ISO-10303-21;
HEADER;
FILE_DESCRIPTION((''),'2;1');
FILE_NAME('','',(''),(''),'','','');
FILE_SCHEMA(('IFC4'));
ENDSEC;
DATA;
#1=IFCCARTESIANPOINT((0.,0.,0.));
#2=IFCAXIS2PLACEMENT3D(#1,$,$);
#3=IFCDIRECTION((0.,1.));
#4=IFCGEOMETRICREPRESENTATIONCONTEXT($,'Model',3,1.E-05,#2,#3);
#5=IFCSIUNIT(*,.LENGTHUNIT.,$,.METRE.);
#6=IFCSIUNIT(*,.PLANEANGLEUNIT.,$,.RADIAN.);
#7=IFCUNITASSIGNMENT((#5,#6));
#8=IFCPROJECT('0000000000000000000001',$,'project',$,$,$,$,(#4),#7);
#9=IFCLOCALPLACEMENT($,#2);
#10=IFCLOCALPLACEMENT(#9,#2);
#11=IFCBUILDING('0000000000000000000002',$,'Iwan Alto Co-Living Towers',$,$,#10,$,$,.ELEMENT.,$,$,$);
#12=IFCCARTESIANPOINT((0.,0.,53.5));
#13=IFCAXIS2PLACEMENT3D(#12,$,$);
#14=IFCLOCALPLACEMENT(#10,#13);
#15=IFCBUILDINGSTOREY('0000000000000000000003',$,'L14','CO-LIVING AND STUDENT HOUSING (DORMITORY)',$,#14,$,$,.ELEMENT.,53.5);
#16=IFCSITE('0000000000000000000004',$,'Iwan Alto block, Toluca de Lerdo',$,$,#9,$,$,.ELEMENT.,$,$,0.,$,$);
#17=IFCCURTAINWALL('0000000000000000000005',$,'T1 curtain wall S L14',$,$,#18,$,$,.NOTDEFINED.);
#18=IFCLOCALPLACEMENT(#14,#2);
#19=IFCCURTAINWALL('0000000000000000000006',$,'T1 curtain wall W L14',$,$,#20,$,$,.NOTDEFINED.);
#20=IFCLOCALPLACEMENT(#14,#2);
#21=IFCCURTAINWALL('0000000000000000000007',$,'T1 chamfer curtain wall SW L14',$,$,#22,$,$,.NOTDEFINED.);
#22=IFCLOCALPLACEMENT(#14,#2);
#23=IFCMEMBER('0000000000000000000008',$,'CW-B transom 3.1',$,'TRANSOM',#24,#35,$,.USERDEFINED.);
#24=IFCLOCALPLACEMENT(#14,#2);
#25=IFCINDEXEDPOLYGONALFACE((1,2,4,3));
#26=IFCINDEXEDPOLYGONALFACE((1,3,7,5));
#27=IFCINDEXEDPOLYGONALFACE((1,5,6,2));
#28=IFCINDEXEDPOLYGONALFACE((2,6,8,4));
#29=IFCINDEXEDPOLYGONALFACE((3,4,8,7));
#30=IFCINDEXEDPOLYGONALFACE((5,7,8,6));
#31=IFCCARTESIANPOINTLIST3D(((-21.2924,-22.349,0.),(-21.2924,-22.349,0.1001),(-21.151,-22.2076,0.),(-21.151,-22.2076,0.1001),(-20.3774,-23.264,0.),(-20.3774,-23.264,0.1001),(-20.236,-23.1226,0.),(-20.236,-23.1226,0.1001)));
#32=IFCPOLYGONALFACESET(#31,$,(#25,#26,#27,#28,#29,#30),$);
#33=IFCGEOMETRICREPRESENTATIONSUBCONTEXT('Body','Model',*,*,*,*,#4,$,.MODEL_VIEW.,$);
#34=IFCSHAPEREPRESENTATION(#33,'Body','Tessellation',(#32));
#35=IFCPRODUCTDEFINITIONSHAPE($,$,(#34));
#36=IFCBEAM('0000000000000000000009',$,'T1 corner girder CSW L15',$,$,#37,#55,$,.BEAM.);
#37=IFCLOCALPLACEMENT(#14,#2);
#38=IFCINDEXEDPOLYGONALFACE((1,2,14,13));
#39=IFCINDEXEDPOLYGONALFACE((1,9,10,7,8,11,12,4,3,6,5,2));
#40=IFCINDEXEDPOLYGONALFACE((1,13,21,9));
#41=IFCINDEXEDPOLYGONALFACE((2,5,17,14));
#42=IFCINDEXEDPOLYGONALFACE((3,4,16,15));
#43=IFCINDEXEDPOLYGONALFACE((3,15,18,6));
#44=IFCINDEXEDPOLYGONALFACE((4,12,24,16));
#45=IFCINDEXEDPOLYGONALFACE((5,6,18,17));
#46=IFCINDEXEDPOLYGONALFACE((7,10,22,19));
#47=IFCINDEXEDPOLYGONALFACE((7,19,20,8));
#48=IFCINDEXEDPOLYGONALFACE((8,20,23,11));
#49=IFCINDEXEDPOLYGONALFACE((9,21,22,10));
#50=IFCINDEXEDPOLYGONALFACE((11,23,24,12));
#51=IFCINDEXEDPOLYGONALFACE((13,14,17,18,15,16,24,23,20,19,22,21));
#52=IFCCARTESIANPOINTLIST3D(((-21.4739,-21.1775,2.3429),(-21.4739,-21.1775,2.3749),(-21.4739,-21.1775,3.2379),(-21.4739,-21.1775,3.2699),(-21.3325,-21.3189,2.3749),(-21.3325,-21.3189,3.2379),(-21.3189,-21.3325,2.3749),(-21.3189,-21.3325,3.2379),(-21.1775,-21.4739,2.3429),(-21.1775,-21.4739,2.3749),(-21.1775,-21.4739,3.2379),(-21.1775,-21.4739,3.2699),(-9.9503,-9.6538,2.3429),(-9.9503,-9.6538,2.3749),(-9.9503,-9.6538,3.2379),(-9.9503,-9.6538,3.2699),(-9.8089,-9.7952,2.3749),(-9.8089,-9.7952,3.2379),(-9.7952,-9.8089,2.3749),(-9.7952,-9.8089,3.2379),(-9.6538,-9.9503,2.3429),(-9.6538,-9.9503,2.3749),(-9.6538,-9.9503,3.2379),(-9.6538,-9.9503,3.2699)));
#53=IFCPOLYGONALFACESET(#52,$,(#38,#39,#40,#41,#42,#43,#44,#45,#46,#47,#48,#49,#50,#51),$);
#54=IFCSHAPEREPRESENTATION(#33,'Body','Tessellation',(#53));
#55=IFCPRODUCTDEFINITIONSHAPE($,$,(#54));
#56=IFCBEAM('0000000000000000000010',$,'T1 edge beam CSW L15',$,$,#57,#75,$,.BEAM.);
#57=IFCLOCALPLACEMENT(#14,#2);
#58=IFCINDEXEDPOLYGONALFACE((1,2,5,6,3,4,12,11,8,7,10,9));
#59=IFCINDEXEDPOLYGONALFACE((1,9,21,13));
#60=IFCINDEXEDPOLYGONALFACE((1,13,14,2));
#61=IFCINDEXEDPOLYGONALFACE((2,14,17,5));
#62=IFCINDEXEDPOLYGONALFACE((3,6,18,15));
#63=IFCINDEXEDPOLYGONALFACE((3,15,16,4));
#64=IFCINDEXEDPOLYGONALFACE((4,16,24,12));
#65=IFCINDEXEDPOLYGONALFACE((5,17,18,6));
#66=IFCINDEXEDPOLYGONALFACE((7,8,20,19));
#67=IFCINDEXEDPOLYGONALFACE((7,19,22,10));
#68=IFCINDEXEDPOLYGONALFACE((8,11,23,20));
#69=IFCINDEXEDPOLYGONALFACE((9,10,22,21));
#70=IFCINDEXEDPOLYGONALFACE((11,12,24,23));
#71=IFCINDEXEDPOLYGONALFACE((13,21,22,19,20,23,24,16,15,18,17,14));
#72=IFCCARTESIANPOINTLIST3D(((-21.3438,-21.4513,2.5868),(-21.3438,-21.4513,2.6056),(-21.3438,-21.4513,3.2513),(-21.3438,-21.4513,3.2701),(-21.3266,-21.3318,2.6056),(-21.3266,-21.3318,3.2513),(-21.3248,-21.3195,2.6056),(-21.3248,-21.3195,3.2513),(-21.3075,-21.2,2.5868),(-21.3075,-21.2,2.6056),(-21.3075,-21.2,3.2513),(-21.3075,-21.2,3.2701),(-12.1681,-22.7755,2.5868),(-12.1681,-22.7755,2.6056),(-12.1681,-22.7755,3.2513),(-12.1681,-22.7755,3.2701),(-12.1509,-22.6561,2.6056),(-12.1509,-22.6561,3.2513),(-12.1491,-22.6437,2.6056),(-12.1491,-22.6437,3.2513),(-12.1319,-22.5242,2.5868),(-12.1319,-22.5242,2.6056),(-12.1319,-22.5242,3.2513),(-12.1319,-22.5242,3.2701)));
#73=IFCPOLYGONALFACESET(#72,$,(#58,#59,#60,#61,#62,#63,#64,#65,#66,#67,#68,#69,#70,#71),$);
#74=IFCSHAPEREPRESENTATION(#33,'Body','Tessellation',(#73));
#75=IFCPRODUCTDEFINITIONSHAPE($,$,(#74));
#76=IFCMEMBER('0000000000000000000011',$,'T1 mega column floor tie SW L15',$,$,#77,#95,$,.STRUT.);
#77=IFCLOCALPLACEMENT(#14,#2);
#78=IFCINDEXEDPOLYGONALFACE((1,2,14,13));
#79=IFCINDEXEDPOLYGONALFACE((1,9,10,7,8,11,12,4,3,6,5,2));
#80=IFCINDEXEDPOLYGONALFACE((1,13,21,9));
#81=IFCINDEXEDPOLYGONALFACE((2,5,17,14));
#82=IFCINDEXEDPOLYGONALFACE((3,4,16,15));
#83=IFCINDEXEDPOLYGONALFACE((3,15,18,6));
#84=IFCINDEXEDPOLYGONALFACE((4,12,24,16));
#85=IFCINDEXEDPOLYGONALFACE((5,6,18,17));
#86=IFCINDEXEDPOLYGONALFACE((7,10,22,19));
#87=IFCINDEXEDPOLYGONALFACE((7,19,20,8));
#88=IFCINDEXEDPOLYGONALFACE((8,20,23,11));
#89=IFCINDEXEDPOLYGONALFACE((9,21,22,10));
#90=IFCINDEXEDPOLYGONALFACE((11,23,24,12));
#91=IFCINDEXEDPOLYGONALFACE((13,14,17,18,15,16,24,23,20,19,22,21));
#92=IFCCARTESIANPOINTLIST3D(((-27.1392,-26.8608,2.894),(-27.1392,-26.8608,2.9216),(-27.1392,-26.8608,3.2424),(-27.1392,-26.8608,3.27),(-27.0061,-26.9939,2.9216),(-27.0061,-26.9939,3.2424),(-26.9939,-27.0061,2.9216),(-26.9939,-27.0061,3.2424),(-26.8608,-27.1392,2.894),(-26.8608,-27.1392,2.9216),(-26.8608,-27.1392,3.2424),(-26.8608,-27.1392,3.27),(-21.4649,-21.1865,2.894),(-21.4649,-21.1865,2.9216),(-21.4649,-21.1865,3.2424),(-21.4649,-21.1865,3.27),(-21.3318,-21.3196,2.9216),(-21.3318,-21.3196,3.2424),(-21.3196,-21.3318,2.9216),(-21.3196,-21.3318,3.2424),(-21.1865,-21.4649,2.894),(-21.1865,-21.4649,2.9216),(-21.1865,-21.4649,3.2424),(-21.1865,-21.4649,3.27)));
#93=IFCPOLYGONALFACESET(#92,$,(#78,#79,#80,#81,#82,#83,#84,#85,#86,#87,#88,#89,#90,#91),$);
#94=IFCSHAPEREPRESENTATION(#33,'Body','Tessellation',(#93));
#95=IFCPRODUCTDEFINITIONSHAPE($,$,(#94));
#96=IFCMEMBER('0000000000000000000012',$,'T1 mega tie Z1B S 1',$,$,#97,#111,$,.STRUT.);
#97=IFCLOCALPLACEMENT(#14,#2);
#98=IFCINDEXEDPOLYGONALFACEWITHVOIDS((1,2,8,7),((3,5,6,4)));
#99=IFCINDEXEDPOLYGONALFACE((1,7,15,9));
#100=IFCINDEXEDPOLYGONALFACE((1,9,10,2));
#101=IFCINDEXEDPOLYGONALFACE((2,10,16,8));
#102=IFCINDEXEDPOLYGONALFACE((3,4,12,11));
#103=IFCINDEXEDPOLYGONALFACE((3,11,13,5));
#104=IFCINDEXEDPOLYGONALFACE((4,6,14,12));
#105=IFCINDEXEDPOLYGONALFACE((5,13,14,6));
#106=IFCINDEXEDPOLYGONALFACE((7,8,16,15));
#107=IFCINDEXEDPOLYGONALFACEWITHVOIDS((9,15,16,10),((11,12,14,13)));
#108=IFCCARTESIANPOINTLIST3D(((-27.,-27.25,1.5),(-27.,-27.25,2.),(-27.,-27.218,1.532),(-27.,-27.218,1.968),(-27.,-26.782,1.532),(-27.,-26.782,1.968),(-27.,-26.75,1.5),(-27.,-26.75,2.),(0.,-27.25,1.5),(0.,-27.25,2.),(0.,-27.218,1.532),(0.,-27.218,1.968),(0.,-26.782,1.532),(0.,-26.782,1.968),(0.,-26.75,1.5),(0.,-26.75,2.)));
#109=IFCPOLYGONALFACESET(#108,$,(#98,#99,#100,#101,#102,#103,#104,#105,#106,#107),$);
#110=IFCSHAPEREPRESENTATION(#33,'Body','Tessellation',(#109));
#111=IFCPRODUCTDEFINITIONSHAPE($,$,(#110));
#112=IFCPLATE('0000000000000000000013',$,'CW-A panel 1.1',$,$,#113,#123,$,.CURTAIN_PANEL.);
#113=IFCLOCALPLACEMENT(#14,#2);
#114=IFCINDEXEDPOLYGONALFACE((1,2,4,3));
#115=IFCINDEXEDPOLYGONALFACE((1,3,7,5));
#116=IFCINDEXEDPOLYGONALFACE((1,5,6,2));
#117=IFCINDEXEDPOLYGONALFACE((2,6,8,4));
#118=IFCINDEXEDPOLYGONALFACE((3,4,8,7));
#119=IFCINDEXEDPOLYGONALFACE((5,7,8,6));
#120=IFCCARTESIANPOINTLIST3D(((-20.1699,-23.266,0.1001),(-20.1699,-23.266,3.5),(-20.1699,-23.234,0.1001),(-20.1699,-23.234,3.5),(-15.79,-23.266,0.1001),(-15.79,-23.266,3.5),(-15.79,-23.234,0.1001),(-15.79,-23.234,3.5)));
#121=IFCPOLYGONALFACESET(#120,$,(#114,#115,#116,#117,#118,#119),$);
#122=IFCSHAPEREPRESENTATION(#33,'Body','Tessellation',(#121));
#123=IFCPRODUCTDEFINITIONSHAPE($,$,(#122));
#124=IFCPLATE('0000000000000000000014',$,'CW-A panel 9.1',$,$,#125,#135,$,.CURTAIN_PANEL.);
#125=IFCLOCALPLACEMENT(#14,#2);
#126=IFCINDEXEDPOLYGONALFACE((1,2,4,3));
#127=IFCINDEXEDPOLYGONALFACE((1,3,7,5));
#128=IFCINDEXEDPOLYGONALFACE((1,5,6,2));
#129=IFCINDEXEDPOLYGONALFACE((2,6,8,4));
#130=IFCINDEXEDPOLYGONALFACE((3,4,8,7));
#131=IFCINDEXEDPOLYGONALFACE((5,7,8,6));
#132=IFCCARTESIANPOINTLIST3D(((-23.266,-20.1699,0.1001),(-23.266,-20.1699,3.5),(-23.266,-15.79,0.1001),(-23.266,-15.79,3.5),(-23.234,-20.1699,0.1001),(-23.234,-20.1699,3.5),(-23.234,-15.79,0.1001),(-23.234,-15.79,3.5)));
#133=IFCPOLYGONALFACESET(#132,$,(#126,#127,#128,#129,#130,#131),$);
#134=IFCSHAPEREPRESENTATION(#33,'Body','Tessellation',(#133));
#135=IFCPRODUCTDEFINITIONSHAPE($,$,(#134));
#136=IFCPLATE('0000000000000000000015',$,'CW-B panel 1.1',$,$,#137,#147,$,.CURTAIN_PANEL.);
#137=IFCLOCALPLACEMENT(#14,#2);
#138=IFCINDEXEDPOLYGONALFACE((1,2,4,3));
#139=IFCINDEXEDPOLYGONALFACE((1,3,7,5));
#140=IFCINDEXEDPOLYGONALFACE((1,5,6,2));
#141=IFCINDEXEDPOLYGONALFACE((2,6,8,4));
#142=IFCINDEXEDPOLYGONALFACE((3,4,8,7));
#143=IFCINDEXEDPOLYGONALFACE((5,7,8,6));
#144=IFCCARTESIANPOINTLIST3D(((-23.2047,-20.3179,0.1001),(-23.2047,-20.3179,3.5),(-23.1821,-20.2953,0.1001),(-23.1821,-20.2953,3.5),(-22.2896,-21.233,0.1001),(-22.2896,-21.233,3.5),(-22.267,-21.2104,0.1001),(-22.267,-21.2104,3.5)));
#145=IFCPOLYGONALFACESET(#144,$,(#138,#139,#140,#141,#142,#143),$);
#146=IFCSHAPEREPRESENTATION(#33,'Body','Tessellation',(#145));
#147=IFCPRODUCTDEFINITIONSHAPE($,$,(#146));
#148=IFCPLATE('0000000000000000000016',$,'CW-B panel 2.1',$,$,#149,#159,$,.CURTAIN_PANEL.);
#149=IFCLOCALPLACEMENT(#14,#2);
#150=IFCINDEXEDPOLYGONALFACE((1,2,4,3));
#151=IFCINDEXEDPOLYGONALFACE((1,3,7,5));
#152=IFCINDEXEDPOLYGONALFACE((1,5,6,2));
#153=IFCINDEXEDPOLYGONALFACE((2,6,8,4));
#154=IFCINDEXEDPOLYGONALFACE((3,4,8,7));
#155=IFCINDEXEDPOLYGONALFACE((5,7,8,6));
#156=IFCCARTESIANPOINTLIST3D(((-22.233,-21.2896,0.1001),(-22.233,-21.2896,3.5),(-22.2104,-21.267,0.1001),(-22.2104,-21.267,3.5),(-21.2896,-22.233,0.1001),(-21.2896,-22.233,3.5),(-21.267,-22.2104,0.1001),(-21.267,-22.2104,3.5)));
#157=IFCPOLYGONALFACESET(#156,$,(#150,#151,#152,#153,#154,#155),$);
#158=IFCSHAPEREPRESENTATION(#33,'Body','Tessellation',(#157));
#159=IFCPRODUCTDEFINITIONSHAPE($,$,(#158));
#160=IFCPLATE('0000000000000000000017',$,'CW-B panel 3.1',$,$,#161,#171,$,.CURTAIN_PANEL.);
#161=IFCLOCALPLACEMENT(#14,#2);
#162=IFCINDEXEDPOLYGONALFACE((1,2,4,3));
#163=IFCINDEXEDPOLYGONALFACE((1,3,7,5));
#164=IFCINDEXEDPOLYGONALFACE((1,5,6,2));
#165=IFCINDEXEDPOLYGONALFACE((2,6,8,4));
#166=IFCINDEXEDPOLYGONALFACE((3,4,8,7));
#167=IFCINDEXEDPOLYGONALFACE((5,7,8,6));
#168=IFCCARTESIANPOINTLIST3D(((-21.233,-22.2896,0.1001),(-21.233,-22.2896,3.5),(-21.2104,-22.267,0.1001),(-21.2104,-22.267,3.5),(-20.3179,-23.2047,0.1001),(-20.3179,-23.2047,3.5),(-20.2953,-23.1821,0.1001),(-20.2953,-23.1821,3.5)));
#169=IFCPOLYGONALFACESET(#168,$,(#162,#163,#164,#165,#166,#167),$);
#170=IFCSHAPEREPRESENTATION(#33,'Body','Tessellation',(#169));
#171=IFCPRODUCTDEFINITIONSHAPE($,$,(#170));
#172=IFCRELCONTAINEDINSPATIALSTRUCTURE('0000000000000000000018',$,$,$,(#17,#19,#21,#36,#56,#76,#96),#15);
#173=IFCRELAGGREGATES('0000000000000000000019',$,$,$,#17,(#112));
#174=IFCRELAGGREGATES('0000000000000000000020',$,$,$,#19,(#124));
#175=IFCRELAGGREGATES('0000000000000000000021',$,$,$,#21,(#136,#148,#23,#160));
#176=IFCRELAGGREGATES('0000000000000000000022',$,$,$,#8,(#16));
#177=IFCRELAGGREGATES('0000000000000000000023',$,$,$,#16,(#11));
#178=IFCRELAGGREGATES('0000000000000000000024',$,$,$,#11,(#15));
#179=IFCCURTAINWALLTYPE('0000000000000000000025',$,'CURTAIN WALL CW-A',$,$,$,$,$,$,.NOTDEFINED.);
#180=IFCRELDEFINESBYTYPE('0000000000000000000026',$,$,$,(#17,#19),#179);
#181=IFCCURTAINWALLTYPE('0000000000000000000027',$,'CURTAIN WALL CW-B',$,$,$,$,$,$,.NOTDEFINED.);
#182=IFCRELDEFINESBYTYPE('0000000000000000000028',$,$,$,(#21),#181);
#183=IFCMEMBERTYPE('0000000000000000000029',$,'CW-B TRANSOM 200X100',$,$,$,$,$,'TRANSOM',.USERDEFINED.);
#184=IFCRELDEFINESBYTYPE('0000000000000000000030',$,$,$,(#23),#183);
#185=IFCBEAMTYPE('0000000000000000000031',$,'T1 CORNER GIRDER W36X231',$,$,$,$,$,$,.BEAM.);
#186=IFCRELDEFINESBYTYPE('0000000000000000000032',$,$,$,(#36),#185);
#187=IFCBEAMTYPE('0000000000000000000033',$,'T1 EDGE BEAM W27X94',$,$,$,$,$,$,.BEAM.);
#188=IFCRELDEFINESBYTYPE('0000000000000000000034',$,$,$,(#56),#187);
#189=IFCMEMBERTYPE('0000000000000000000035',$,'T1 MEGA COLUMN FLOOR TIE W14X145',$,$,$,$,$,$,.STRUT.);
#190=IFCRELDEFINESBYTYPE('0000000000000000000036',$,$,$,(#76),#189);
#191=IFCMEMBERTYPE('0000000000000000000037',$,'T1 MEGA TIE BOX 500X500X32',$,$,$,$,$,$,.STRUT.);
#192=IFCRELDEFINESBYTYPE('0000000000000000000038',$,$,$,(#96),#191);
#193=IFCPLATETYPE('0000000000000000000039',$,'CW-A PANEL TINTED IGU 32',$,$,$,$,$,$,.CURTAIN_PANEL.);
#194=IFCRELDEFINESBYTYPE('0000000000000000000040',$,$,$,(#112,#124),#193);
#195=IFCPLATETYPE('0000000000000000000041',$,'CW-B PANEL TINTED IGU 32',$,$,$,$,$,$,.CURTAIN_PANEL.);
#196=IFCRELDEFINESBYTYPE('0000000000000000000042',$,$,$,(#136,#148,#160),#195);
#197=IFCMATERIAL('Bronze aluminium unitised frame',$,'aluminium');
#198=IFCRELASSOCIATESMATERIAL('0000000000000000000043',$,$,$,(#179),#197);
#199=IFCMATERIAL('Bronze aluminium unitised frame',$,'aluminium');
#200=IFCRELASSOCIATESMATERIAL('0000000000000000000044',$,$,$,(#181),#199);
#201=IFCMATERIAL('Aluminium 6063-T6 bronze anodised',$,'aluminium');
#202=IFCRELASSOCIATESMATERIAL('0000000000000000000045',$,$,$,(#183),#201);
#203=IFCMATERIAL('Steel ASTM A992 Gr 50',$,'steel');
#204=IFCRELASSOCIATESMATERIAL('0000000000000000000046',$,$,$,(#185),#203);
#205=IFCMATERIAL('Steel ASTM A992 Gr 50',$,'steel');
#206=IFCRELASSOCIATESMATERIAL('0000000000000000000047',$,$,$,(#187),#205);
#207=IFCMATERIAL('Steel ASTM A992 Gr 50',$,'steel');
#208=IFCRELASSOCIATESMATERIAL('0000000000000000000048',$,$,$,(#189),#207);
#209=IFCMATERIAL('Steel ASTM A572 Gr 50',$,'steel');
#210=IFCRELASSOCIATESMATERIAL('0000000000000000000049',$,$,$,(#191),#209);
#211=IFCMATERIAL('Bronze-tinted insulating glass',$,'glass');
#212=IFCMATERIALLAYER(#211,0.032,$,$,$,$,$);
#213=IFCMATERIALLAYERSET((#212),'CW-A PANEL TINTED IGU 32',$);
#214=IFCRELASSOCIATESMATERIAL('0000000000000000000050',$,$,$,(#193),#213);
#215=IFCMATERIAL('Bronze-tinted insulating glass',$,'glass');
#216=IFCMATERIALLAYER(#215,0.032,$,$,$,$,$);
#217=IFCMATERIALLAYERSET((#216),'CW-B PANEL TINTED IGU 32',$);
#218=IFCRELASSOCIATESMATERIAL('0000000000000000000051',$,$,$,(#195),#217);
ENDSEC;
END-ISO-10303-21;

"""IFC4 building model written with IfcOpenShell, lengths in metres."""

from ifc_helpers import new_model, si_unit, direction, frame, origin, origin_2d, place, context, subcontext, project, spatial, rectangle, hollow_rectangle, i_section, extrude, material, layer, layer_set, material_profile, profile_set, type_object, element, aggregate, save


model = new_model("IFC4")

# Units and contexts
model_context = context("Model", 3, precision=1e-05, world=origin(), true_north=direction((0.0, 1.0)))
body_context = subcontext(model_context, "Body", "Model", "MODEL_VIEW")
ifc_project = project(units=[si_unit("LENGTHUNIT", "METRE"), si_unit("PLANEANGLEUNIT", "RADIAN")], contexts=[model_context])

# Site, building, storey
site_placement = place(None, origin())
site = spatial("IfcSite", under=ifc_project, at=site_placement, Name="Iwan Alto block, Toluca de Lerdo", CompositionType="ELEMENT", RefElevation=0.0)
building_placement = place(site_placement, origin())
building = spatial("IfcBuilding", under=site, at=building_placement, Name="Iwan Alto Co-Living Towers", CompositionType="ELEMENT")
storey_placement = place(building_placement, frame((0.0, 0.0, 53.5)))
storey = spatial("IfcBuildingStorey", under=building, at=storey_placement, Name="L14", Description="CO-LIVING AND STUDENT HOUSING (DORMITORY)", CompositionType="ELEMENT", Elevation=53.5)

# Curtain wall
ifc_material_1 = material(Name="Bronze aluminium unitised frame", Category="aluminium")
curtain_wall_type_1 = type_object("IfcCurtainWallType", Name="CURTAIN WALL CW-A", PredefinedType="NOTDEFINED", material=ifc_material_1)
curtain_wall_1_placement = place(storey_placement, origin())
curtain_wall_1 = element("IfcCurtainWall", 1, at=curtain_wall_1_placement, inside=storey, type_object=curtain_wall_type_1, Name="T1 curtain wall S L14", PredefinedType="NOTDEFINED")

# Curtain wall
curtain_wall_2_placement = place(storey_placement, origin())
curtain_wall_2 = element("IfcCurtainWall", 2, at=curtain_wall_2_placement, inside=storey, type_object=curtain_wall_type_1, Name="T1 curtain wall W L14", PredefinedType="NOTDEFINED")

# Curtain wall, member
ifc_material_2 = material(Name="Bronze aluminium unitised frame", Category="aluminium")
curtain_wall_type_2 = type_object("IfcCurtainWallType", Name="CURTAIN WALL CW-B", PredefinedType="NOTDEFINED", material=ifc_material_2)
curtain_wall_3_placement = place(storey_placement, origin())
curtain_wall_3 = element("IfcCurtainWall", 3, at=curtain_wall_3_placement, inside=storey, type_object=curtain_wall_type_2, Name="T1 chamfer curtain wall SW L14", PredefinedType="NOTDEFINED")
ifc_material_3 = material(Name="Aluminium 6063-T6 bronze anodised", Category="aluminium")
ifc_material_profile_1 = material_profile(ifc_material_3, rectangle(XDim=0.2, YDim=0.1001, at=origin_2d()), Name="AL 200X100")
ifc_profile_set_1 = profile_set([ifc_material_profile_1], Name="Aluminium 6063-T6 bronze anodised")
member_type_1 = type_object("IfcMemberType", Name="CW-B TRANSOM 200X100", ElementType="TRANSOM", PredefinedType="USERDEFINED", material=ifc_profile_set_1)
member_1_placement = place(storey_placement, frame((-21.2217, -22.2783, 0.05), z_axis=(0.707107, -0.707107, 0.0), x_axis=(0.707107, 0.707107, 0.0)))
member_1 = element("IfcMember", 4, at=member_1_placement, type_object=member_type_1, Name="CW-B transom 3.1", ObjectType="TRANSOM", PredefinedType="USERDEFINED", context=body_context, shape_type="SweptSolid", body=[
    extrude(rectangle(XDim=0.2, YDim=0.1001, at=origin_2d()), origin(), (0.0, 0.0, 1.0), 1.2939),
])

# Beams
ifc_material_4 = material(Name="Steel ASTM A992 Gr 50", Category="steel")
ifc_material_profile_2 = material_profile(ifc_material_4, i_section(OverallWidth=0.4192, OverallDepth=0.927, WebThickness=0.0193, FlangeThickness=0.032, at=origin_2d()), Name="W36X231")
ifc_profile_set_2 = profile_set([ifc_material_profile_2], Name="Steel ASTM A992 Gr 50")
beam_type_1 = type_object("IfcBeamType", Name="T1 CORNER GIRDER W36X231", PredefinedType="BEAM", material=ifc_profile_set_2)
beam_1_placement = place(storey_placement, frame((-21.3257, -21.3257, 2.8064), z_axis=(0.707107, 0.707107, 0.0), x_axis=(-0.707107, 0.707107, 0.0)))
element("IfcBeam", 5, at=beam_1_placement, inside=storey, type_object=beam_type_1, Name="T1 corner girder CSW L15", PredefinedType="BEAM", context=body_context, shape_type="SweptSolid", body=[
    extrude(i_section(OverallWidth=0.4192, OverallDepth=0.927, WebThickness=0.0193, FlangeThickness=0.032, at=origin_2d()), origin(), (0.0, 0.0, 1.0), 16.2969),
])
ifc_material_5 = material(Name="Steel ASTM A992 Gr 50", Category="steel")
ifc_material_profile_3 = material_profile(ifc_material_5, i_section(OverallWidth=0.2539, OverallDepth=0.6833, WebThickness=0.0125, FlangeThickness=0.0188, at=origin_2d()), Name="W27X94")
ifc_profile_set_3 = profile_set([ifc_material_profile_3], Name="Steel ASTM A992 Gr 50")
beam_type_2 = type_object("IfcBeamType", Name="T1 EDGE BEAM W27X94", PredefinedType="BEAM", material=ifc_profile_set_3)
beam_2_placement = place(storey_placement, frame((-21.3257, -21.3257, 2.9285), z_axis=(0.989746, -0.142837, 0.0), x_axis=(0.142837, 0.989746, 0.0)))
element("IfcBeam", 6, at=beam_2_placement, inside=storey, type_object=beam_type_2, Name="T1 edge beam CSW L15", PredefinedType="BEAM", context=body_context, shape_type="SweptSolid", body=[
    extrude(i_section(OverallWidth=0.2539, OverallDepth=0.6833, WebThickness=0.0125, FlangeThickness=0.0188, at=origin_2d()), origin(), (0.0, 0.0, 1.0), 9.2708),
])

# Members
ifc_material_6 = material(Name="Steel ASTM A992 Gr 50", Category="steel")
ifc_material_profile_4 = material_profile(ifc_material_6, i_section(OverallWidth=0.3938, OverallDepth=0.376, WebThickness=0.0173, FlangeThickness=0.0276, at=origin_2d()), Name="W14X145")
ifc_profile_set_4 = profile_set([ifc_material_profile_4], Name="Steel ASTM A992 Gr 50")
member_type_2 = type_object("IfcMemberType", Name="T1 MEGA COLUMN FLOOR TIE W14X145", PredefinedType="STRUT", material=ifc_profile_set_4)
member_2_placement = place(storey_placement, frame((-27.0, -27.0, 3.082), z_axis=(0.707107, 0.707107, 0.0), x_axis=(-0.707107, 0.707107, 0.0)))
element("IfcMember", 7, at=member_2_placement, inside=storey, type_object=member_type_2, Name="T1 mega column floor tie SW L15", PredefinedType="STRUT", context=body_context, shape_type="SweptSolid", body=[
    extrude(i_section(OverallWidth=0.3938, OverallDepth=0.376, WebThickness=0.0173, FlangeThickness=0.0276, at=origin_2d()), origin(), (0.0, 0.0, 1.0), 8.0247),
])
ifc_material_7 = material(Name="Steel ASTM A572 Gr 50", Category="steel")
ifc_material_profile_5 = material_profile(ifc_material_7, hollow_rectangle(XDim=0.5, YDim=0.5, WallThickness=0.032, at=origin_2d()), Name="BOX 500X500X32")
ifc_profile_set_5 = profile_set([ifc_material_profile_5], Name="Steel ASTM A572 Gr 50")
member_type_3 = type_object("IfcMemberType", Name="T1 MEGA TIE BOX 500X500X32", PredefinedType="STRUT", material=ifc_profile_set_5)
member_3_placement = place(storey_placement, frame((-27.0, -27.0, 1.75), z_axis=(1.0, 0.0, 0.0), x_axis=(0.0, 1.0, 0.0)))
element("IfcMember", 8, at=member_3_placement, inside=storey, type_object=member_type_3, Name="T1 mega tie Z1B S 1", PredefinedType="STRUT", context=body_context, shape_type="SweptSolid", body=[
    extrude(hollow_rectangle(XDim=0.5, YDim=0.5, WallThickness=0.032, at=origin_2d()), origin(), (0.0, 0.0, 1.0), 27.0),
])

# Plates
ifc_material_8 = material(Name="Bronze-tinted insulating glass", Category="glass")
ifc_layer_1 = layer(ifc_material_8, 0.032)
ifc_layer_set_1 = layer_set([ifc_layer_1], Name="CW-A PANEL TINTED IGU 32")
plate_type_1 = type_object("IfcPlateType", Name="CW-A PANEL TINTED IGU 32", PredefinedType="CURTAIN_PANEL", material=ifc_layer_set_1)
plate_1_placement = place(storey_placement, frame((-17.98, -23.25, 0.1001), z_axis=(0.0, 0.0, 1.0), x_axis=(1.0, 0.0, 0.0)))
plate_1 = element("IfcPlate", 9, at=plate_1_placement, type_object=plate_type_1, Name="CW-A panel 1.1", PredefinedType="CURTAIN_PANEL", context=body_context, shape_type="SweptSolid", body=[
    extrude(rectangle(XDim=4.3799, YDim=0.032, at=origin_2d()), origin(), (0.0, 0.0, 1.0), 3.3999),
])
aggregate(curtain_wall_1, [plate_1])
plate_2_placement = place(storey_placement, frame((-23.25, -17.98, 0.1001), z_axis=(0.0, 0.0, 1.0), x_axis=(0.0, -1.0, 0.0)))
plate_2 = element("IfcPlate", 10, at=plate_2_placement, type_object=plate_type_1, Name="CW-A panel 9.1", PredefinedType="CURTAIN_PANEL", context=body_context, shape_type="SweptSolid", body=[
    extrude(rectangle(XDim=4.3799, YDim=0.032, at=origin_2d()), origin(), (0.0, 0.0, 1.0), 3.3999),
])
aggregate(curtain_wall_2, [plate_2])
ifc_material_9 = material(Name="Bronze-tinted insulating glass", Category="glass")
ifc_layer_2 = layer(ifc_material_9, 0.032)
ifc_layer_set_2 = layer_set([ifc_layer_2], Name="CW-B PANEL TINTED IGU 32")
plate_type_2 = type_object("IfcPlateType", Name="CW-B PANEL TINTED IGU 32", PredefinedType="CURTAIN_PANEL", material=ifc_layer_set_2)
plate_3_placement = place(storey_placement, frame((-22.7358, -20.7642, 0.1001), z_axis=(0.0, 0.0, 1.0), x_axis=(0.707107, -0.707107, 0.0)))
plate_3 = element("IfcPlate", 11, at=plate_3_placement, type_object=plate_type_2, Name="CW-B panel 1.1", PredefinedType="CURTAIN_PANEL", context=body_context, shape_type="SweptSolid", body=[
    extrude(rectangle(XDim=1.2942, YDim=0.032, at=origin_2d()), origin(), (0.0, 0.0, 1.0), 3.3999),
])
plate_4_placement = place(storey_placement, frame((-21.75, -21.75, 0.1001), z_axis=(0.0, 0.0, 1.0), x_axis=(0.707107, -0.707107, 0.0)))
plate_4 = element("IfcPlate", 12, at=plate_4_placement, type_object=plate_type_2, Name="CW-B panel 2.1", PredefinedType="CURTAIN_PANEL", context=body_context, shape_type="SweptSolid", body=[
    extrude(rectangle(XDim=1.3342, YDim=0.032, at=origin_2d()), origin(), (0.0, 0.0, 1.0), 3.3999),
])
plate_5_placement = place(storey_placement, frame((-20.7642, -22.7358, 0.1001), z_axis=(0.0, 0.0, 1.0), x_axis=(0.707107, -0.707107, 0.0)))
plate_5 = element("IfcPlate", 13, at=plate_5_placement, type_object=plate_type_2, Name="CW-B panel 3.1", PredefinedType="CURTAIN_PANEL", context=body_context, shape_type="SweptSolid", body=[
    extrude(rectangle(XDim=1.2942, YDim=0.032, at=origin_2d()), origin(), (0.0, 0.0, 1.0), 3.3999),
])
aggregate(curtain_wall_3, [plate_3, plate_4, member_1, plate_5])

save(model, "model.ifc")
